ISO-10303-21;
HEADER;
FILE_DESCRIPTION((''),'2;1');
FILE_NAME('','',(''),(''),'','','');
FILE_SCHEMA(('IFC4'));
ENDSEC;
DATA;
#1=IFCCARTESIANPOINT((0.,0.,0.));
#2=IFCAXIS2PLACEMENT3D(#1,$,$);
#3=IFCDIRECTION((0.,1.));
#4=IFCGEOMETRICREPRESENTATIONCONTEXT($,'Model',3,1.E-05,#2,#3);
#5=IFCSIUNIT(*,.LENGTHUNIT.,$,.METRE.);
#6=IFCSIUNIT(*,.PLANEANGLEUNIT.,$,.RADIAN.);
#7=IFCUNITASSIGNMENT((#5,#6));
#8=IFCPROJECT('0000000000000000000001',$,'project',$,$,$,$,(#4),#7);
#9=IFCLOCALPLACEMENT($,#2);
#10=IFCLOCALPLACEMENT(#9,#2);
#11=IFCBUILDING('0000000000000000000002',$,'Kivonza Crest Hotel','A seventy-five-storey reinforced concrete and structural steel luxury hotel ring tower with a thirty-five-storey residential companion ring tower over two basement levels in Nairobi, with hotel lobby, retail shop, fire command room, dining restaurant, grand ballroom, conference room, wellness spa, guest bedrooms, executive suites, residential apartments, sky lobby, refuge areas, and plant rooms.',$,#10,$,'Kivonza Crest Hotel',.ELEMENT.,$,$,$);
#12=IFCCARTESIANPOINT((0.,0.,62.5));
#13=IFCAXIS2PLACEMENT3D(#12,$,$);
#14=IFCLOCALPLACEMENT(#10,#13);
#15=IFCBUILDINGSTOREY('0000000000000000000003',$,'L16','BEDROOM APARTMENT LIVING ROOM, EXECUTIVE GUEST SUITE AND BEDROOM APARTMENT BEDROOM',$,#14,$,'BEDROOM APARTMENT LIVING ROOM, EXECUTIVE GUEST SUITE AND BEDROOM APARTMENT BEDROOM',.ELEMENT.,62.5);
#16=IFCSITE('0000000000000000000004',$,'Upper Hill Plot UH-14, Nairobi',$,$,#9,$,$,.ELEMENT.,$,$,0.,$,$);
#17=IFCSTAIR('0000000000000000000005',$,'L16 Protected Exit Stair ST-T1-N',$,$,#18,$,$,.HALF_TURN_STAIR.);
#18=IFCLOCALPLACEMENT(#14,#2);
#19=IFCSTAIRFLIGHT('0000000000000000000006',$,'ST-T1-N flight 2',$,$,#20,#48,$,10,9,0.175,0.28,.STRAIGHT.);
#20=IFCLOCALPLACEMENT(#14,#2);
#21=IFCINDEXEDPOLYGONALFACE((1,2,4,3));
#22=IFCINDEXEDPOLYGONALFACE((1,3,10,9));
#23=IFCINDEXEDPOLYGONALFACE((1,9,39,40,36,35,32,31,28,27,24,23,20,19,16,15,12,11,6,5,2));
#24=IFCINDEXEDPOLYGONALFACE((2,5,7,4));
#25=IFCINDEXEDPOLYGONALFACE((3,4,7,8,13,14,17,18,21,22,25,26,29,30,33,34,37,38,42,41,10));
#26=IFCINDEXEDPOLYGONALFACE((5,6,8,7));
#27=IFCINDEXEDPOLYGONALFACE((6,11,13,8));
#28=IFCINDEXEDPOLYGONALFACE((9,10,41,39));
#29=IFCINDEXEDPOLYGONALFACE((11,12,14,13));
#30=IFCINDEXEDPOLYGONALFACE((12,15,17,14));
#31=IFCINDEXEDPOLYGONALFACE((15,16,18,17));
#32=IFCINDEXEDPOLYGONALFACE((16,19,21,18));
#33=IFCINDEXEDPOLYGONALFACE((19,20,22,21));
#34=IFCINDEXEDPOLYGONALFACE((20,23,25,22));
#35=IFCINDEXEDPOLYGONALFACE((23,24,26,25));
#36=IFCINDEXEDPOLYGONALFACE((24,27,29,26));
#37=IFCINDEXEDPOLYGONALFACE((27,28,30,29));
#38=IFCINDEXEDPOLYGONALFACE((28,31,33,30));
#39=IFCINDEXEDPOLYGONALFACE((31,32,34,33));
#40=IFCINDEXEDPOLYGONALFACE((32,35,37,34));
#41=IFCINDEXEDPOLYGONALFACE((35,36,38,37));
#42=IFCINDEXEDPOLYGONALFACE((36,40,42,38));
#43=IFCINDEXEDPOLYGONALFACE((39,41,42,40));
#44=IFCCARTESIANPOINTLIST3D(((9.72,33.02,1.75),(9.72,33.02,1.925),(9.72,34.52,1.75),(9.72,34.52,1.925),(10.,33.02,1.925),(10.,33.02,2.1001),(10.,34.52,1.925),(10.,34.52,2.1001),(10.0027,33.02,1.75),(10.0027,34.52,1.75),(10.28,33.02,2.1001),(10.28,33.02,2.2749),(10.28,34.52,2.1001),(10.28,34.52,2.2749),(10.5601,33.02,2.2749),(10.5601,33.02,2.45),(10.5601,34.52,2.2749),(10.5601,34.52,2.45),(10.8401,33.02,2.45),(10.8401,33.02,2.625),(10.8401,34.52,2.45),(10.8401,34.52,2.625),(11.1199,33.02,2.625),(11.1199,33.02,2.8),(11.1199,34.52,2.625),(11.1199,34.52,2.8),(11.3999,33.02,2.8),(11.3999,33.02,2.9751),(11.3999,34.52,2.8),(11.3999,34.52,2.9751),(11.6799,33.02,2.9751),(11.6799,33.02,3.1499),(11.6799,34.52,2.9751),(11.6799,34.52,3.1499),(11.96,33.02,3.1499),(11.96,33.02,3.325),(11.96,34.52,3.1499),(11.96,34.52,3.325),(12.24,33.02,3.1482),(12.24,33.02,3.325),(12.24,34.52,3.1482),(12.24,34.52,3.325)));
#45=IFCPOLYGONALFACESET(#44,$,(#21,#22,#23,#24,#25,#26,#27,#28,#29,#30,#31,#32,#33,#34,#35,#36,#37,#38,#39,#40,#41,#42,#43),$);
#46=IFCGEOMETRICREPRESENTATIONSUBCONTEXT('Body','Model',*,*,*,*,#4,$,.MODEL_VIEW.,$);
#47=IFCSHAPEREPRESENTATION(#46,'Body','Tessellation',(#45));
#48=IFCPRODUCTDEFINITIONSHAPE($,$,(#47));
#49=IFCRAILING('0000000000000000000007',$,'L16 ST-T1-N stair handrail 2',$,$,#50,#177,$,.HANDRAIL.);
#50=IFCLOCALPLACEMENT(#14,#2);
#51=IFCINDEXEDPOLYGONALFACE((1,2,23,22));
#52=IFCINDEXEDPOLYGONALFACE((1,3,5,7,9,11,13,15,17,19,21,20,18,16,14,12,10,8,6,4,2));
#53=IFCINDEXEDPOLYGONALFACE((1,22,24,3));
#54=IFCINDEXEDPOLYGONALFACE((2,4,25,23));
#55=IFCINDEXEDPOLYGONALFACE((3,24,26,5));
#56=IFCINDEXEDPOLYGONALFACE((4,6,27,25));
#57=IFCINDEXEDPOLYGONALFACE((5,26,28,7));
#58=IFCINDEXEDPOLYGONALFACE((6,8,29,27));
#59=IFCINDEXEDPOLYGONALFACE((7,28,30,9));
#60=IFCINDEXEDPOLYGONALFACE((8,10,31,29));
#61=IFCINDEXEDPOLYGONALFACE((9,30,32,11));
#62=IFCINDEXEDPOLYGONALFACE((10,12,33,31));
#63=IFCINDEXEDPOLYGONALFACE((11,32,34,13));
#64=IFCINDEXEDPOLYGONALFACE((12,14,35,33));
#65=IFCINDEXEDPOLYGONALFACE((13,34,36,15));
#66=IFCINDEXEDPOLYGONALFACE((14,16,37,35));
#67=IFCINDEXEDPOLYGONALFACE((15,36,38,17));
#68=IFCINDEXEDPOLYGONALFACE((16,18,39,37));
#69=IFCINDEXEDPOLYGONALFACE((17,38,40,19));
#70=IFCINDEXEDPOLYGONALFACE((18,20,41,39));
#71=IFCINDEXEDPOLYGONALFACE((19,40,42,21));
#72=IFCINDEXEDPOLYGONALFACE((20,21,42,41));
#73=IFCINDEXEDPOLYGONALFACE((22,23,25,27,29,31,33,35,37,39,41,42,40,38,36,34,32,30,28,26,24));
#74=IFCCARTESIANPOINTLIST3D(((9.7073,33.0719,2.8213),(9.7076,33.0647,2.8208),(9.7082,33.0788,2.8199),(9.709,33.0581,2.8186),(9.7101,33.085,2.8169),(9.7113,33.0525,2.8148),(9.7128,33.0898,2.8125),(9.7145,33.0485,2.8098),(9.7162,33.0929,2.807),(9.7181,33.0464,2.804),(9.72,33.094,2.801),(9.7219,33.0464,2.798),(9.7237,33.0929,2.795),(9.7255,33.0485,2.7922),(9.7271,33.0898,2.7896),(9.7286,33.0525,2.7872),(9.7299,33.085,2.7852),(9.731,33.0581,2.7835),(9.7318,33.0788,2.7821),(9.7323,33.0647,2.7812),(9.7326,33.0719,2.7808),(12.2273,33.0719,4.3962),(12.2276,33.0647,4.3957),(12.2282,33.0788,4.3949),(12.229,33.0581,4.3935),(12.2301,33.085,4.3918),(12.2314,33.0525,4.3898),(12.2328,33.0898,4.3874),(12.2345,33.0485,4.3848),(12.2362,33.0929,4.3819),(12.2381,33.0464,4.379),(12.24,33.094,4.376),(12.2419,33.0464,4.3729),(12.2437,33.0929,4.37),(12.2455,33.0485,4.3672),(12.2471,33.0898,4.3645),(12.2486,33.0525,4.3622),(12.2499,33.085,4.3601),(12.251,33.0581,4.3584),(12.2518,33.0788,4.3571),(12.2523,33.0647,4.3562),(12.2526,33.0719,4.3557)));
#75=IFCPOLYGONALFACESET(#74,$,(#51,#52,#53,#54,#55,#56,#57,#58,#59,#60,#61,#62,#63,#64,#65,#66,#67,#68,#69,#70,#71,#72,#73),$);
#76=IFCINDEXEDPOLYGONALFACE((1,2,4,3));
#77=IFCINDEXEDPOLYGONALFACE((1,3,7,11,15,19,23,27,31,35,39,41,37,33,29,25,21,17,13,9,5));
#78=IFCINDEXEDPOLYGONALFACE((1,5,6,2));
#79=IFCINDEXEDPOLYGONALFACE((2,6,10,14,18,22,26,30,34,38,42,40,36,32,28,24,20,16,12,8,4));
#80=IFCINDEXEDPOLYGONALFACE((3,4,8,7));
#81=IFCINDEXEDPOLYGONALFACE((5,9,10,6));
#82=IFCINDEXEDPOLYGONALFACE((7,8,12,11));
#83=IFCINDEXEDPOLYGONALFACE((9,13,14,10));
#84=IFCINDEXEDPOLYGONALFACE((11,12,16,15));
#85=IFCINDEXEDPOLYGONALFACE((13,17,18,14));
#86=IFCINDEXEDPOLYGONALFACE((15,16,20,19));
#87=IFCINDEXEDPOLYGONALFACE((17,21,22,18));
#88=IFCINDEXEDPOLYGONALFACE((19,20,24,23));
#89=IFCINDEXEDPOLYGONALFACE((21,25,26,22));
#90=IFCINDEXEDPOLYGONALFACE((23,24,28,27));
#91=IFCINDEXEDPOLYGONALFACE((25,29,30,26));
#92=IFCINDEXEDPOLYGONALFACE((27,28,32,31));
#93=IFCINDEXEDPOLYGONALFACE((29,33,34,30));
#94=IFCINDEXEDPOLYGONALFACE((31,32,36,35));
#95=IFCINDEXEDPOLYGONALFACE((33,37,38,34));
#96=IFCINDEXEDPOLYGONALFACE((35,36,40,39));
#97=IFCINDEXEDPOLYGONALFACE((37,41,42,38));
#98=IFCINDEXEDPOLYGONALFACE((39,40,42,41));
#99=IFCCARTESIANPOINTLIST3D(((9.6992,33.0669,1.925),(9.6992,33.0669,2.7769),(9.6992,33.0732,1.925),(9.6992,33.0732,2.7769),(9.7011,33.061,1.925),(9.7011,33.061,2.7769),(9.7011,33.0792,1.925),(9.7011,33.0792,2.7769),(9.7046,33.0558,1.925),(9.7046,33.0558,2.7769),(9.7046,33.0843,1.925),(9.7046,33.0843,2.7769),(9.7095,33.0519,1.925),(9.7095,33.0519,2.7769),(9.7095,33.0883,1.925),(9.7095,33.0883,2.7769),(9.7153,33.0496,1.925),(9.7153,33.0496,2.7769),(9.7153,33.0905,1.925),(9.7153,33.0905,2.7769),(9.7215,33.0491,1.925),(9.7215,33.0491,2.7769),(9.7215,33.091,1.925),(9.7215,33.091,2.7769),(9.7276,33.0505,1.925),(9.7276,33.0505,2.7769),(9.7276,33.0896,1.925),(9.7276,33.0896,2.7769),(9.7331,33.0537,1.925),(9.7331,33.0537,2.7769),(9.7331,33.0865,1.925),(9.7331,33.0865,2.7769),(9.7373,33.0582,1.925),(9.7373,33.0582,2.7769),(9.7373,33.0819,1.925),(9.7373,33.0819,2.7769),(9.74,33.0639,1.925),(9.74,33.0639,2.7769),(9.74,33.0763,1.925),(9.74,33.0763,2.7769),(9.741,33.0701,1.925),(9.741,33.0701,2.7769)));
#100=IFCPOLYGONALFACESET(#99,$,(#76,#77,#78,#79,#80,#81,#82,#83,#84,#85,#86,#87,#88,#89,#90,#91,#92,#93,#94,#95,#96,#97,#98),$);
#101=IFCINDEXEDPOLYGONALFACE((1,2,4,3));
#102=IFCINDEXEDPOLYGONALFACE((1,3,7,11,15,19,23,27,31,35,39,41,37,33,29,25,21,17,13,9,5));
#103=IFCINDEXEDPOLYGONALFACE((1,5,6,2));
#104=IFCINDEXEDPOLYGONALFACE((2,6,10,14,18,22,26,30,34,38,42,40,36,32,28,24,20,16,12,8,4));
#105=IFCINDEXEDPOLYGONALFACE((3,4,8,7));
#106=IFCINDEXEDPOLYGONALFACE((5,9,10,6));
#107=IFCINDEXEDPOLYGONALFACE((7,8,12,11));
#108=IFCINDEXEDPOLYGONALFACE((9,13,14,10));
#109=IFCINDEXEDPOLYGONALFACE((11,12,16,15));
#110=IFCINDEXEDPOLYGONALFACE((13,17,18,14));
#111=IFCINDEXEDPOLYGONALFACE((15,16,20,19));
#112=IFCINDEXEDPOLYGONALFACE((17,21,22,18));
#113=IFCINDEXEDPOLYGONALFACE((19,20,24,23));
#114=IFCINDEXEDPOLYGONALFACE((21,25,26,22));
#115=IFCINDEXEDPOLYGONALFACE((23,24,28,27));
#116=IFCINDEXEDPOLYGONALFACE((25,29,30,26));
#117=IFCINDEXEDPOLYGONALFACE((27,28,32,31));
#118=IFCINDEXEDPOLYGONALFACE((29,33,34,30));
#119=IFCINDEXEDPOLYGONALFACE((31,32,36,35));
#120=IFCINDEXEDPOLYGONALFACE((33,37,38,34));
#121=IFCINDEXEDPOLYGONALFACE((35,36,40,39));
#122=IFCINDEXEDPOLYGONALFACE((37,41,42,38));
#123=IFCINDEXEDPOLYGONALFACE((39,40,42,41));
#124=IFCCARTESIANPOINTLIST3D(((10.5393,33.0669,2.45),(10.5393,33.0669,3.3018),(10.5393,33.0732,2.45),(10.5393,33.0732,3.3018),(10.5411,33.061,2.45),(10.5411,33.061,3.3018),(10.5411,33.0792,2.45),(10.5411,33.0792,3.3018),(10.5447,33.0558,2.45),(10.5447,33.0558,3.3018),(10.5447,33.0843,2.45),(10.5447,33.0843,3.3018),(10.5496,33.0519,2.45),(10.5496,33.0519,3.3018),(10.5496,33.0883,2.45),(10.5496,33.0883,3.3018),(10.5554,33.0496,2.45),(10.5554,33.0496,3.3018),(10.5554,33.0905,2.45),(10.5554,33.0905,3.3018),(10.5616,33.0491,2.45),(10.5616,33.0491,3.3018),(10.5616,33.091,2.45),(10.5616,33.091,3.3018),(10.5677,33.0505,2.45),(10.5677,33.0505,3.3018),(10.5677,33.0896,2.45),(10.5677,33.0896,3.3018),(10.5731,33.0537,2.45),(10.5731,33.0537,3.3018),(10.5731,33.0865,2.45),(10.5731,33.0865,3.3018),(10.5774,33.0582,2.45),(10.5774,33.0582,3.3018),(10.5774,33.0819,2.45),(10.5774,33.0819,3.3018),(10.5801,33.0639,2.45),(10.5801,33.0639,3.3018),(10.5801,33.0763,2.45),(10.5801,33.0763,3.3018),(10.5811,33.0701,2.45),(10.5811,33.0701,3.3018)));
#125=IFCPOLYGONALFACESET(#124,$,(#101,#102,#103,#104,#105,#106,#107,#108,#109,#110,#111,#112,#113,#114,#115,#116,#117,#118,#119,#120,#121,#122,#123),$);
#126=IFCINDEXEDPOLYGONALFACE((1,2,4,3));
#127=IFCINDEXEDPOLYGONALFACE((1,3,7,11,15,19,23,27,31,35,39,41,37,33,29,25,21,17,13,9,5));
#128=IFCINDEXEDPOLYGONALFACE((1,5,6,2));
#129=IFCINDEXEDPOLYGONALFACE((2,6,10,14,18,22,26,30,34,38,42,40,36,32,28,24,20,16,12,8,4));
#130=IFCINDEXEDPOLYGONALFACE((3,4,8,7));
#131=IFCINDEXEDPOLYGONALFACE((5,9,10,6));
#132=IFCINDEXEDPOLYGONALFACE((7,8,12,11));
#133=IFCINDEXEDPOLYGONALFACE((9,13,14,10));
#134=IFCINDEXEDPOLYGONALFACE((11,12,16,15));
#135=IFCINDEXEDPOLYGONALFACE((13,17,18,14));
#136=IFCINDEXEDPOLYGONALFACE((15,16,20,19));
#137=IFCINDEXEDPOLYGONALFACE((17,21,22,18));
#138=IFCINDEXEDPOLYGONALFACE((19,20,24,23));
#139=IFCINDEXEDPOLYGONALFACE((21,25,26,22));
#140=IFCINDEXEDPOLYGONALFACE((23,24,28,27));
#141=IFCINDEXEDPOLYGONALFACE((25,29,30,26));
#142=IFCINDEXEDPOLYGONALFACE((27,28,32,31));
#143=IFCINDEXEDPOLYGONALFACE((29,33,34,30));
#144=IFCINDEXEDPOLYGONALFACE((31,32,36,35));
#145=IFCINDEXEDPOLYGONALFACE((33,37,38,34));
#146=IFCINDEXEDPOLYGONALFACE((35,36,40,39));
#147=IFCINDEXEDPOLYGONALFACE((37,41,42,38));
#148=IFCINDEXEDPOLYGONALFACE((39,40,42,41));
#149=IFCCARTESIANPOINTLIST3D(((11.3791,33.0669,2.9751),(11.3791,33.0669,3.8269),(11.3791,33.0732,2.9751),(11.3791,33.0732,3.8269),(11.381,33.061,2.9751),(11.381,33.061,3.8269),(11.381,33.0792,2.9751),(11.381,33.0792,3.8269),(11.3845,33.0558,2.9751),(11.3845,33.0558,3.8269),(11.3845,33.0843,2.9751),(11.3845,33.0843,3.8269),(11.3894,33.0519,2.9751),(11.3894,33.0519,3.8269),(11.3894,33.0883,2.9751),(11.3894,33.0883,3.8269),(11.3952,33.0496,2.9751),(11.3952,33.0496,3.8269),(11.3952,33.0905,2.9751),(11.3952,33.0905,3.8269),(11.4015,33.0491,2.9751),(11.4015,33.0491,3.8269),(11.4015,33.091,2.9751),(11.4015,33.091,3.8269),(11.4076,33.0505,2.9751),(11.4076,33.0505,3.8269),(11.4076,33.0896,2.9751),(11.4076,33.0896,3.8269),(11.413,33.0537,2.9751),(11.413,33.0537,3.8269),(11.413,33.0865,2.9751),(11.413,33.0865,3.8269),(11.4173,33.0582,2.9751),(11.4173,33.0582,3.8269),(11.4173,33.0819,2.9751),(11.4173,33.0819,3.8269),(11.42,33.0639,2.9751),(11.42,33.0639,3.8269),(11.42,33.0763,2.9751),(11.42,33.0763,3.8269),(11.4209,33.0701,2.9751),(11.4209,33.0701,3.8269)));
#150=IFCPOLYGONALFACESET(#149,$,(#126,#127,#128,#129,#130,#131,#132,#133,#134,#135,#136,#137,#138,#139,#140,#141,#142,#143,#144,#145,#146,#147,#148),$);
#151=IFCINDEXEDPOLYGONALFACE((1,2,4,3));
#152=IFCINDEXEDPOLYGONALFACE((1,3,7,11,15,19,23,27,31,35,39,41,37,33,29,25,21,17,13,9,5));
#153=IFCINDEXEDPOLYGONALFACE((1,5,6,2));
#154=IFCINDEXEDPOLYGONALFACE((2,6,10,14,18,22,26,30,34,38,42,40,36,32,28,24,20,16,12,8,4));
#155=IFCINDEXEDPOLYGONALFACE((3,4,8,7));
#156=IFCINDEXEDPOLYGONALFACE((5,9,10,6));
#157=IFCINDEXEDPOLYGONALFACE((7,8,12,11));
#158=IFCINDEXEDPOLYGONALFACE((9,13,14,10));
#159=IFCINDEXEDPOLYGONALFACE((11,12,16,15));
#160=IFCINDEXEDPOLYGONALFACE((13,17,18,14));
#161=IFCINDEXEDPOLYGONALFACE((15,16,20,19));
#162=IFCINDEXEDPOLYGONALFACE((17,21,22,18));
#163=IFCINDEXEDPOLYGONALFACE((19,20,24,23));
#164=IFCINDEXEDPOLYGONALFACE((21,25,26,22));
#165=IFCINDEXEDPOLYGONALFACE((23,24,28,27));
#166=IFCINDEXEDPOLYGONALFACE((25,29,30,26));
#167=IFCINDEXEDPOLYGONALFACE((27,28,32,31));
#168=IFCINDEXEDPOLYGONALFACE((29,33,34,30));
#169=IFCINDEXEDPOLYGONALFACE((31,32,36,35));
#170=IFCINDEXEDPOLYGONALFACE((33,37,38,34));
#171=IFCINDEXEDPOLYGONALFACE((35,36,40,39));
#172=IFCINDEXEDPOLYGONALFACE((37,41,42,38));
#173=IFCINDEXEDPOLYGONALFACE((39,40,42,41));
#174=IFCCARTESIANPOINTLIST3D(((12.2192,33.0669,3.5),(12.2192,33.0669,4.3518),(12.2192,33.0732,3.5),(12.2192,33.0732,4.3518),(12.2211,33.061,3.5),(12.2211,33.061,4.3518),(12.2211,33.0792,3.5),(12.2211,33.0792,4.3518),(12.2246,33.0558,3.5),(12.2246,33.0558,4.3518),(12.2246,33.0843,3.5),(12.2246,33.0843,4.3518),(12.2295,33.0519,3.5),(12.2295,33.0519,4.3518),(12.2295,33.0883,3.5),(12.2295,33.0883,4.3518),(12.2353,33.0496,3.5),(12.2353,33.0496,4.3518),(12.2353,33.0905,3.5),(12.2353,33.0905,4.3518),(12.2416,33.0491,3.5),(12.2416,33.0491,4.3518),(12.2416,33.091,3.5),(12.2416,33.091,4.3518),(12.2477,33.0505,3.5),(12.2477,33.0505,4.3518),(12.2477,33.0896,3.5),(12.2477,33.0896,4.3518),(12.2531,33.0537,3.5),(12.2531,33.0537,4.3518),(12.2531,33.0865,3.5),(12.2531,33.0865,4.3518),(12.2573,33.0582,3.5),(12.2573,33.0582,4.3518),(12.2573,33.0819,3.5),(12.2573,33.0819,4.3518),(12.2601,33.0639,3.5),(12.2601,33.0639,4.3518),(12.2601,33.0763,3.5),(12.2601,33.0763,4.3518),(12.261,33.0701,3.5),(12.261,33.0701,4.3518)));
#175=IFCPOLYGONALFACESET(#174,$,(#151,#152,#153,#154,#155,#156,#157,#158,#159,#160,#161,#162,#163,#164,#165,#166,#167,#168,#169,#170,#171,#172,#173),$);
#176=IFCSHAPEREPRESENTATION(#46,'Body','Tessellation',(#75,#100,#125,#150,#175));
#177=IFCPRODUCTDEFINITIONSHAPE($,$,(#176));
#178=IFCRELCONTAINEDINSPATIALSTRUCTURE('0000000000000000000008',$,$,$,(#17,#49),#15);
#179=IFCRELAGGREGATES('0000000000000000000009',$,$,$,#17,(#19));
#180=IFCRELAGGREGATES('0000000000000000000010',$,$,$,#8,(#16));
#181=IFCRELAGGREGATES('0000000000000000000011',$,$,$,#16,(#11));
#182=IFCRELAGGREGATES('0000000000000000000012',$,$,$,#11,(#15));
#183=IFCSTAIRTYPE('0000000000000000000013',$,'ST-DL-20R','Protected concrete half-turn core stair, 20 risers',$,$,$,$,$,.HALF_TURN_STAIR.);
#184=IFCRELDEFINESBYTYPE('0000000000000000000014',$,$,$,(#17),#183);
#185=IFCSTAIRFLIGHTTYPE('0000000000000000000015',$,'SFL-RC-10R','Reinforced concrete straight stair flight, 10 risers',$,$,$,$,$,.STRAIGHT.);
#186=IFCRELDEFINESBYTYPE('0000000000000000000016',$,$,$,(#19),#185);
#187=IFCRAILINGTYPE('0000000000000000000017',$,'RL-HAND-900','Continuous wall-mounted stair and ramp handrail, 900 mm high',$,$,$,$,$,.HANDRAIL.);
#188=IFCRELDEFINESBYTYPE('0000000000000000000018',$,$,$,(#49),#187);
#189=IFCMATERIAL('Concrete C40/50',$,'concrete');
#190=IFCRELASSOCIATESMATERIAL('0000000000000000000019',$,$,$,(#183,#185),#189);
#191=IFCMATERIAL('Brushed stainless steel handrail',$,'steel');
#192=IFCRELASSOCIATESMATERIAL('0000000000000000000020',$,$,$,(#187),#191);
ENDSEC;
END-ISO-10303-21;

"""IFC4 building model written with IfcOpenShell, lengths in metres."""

from ifc_helpers import new_model, si_unit, direction, frame, origin, origin_2d, place, context, subcontext, project, spatial, polyline, circle, outline, extrude, material, type_object, element, aggregate, save


model = new_model("IFC4")

# Units and contexts
model_context = context("Model", 3, precision=1e-05, world=origin(), true_north=direction((0.0, 1.0)))
body_context = subcontext(model_context, "Body", "Model", "MODEL_VIEW")
ifc_project = project(units=[si_unit("LENGTHUNIT", "METRE"), si_unit("PLANEANGLEUNIT", "RADIAN")], contexts=[model_context])

# Site, building, storey
site_placement = place(None, origin())
site = spatial("IfcSite", under=ifc_project, at=site_placement, Name="Upper Hill Plot UH-14, Nairobi", CompositionType="ELEMENT", RefElevation=0.0)
building_placement = place(site_placement, origin())
building = spatial("IfcBuilding", under=site, at=building_placement, Name="Kivonza Crest Hotel", Description="A seventy-five-storey reinforced concrete and structural steel luxury hotel ring tower with a thirty-five-storey residential companion ring tower over two basement levels in Nairobi, with hotel lobby, retail shop, fire command room, dining restaurant, grand ballroom, conference room, wellness spa, guest bedrooms, executive suites, residential apartments, sky lobby, refuge areas, and plant rooms.", LongName="Kivonza Crest Hotel", CompositionType="ELEMENT")
storey_placement = place(building_placement, frame((0.0, 0.0, 62.5)))
storey = spatial("IfcBuildingStorey", under=building, at=storey_placement, Name="L16", Description="BEDROOM APARTMENT LIVING ROOM, EXECUTIVE GUEST SUITE AND BEDROOM APARTMENT BEDROOM", LongName="BEDROOM APARTMENT LIVING ROOM, EXECUTIVE GUEST SUITE AND BEDROOM APARTMENT BEDROOM", CompositionType="ELEMENT", Elevation=62.5)

# Stair, stair flight
ifc_material_1 = material(Name="Concrete C40/50", Category="concrete")
stair_type = type_object("IfcStairType", Name="ST-DL-20R", Description="Protected concrete half-turn core stair, 20 risers", PredefinedType="HALF_TURN_STAIR", material=ifc_material_1)
stair_placement = place(storey_placement, origin())
stair = element("IfcStair", 1, at=stair_placement, inside=storey, type_object=stair_type, Name="L16 Protected Exit Stair ST-T1-N", PredefinedType="HALF_TURN_STAIR")
stair_flight_type = type_object("IfcStairFlightType", Name="SFL-RC-10R", Description="Reinforced concrete straight stair flight, 10 risers", PredefinedType="STRAIGHT", material=ifc_material_1)
stair_flight_placement = place(storey_placement, frame((9.72, 33.77, 1.75), z_axis=(0.0, 0.0, 1.0), x_axis=(1.0, 0.0, 0.0)))
stair_flight = element("IfcStairFlight", 2, at=stair_flight_placement, type_object=stair_flight_type, Name="ST-T1-N flight 2", NumberOfRisers=10, NumberOfTreads=9, PredefinedType="STRAIGHT", RiserHeight=0.175, TreadLength=0.28, context=body_context, shape_type="SweptSolid", body=[
    extrude(outline(polyline([(0.0, 0.0), (0.0, 0.175), (0.28, 0.175), (0.28, 0.3501), (0.5601, 0.3501), (0.5601, 0.5249), (0.8401, 0.5249), (0.8401, 0.7), (1.1201, 0.7), (1.1201, 0.875), (1.3999, 0.875), (1.3999, 1.05), (1.6799, 1.05), (1.6799, 1.2251), (1.96, 1.2251), (1.96, 1.3999), (2.24, 1.3999), (2.24, 1.575), (2.52, 1.575), (2.52, 1.75), (2.52, 1.3982), (0.2827, 0.0), (0.0, 0.0)])), frame((0.0, 0.75, 0.0), z_axis=(0.0, -1.0, 0.0), x_axis=(1.0, 0.0, 0.0)), (0.0, 0.0, 1.0), 1.5),
])
aggregate(stair, [stair_flight])

# Railing
ifc_material_2 = material(Name="Brushed stainless steel handrail", Category="steel")
railing_type = type_object("IfcRailingType", Name="RL-HAND-900", Description="Continuous wall-mounted stair and ramp handrail, 900 mm high", PredefinedType="HANDRAIL", material=ifc_material_2)
railing_placement = place(storey_placement, frame((9.72, 33.0701, 1.925)))
element("IfcRailing", 3, at=railing_placement, inside=storey, type_object=railing_type, Name="L16 ST-T1-N stair handrail 2", PredefinedType="HANDRAIL", context=body_context, shape_type="SweptSolid", body=[
    extrude(circle(Radius=0.0239, at=origin_2d()), frame((0.0, 0.0, 0.876), z_axis=(0.848008, 0.0, 0.529984), x_axis=(0.0, 1.0, 0.0)), (0.0, 0.0, 1.0), 2.9717),
    extrude(circle(Radius=0.021, at=origin_2d()), origin(), (0.0, 0.0, 1.0), 0.8518),
    extrude(circle(Radius=0.021, at=origin_2d()), frame((0.8401, 0.0, 0.5249)), (0.0, 0.0, 1.0), 0.8518),
    extrude(circle(Radius=0.021, at=origin_2d()), frame((1.6799, 0.0, 1.05)), (0.0, 0.0, 1.0), 0.8518),
    extrude(circle(Radius=0.021, at=origin_2d()), frame((2.52, 0.0, 1.575)), (0.0, 0.0, 1.0), 0.8518),
])

save(model, "model.ifc")
